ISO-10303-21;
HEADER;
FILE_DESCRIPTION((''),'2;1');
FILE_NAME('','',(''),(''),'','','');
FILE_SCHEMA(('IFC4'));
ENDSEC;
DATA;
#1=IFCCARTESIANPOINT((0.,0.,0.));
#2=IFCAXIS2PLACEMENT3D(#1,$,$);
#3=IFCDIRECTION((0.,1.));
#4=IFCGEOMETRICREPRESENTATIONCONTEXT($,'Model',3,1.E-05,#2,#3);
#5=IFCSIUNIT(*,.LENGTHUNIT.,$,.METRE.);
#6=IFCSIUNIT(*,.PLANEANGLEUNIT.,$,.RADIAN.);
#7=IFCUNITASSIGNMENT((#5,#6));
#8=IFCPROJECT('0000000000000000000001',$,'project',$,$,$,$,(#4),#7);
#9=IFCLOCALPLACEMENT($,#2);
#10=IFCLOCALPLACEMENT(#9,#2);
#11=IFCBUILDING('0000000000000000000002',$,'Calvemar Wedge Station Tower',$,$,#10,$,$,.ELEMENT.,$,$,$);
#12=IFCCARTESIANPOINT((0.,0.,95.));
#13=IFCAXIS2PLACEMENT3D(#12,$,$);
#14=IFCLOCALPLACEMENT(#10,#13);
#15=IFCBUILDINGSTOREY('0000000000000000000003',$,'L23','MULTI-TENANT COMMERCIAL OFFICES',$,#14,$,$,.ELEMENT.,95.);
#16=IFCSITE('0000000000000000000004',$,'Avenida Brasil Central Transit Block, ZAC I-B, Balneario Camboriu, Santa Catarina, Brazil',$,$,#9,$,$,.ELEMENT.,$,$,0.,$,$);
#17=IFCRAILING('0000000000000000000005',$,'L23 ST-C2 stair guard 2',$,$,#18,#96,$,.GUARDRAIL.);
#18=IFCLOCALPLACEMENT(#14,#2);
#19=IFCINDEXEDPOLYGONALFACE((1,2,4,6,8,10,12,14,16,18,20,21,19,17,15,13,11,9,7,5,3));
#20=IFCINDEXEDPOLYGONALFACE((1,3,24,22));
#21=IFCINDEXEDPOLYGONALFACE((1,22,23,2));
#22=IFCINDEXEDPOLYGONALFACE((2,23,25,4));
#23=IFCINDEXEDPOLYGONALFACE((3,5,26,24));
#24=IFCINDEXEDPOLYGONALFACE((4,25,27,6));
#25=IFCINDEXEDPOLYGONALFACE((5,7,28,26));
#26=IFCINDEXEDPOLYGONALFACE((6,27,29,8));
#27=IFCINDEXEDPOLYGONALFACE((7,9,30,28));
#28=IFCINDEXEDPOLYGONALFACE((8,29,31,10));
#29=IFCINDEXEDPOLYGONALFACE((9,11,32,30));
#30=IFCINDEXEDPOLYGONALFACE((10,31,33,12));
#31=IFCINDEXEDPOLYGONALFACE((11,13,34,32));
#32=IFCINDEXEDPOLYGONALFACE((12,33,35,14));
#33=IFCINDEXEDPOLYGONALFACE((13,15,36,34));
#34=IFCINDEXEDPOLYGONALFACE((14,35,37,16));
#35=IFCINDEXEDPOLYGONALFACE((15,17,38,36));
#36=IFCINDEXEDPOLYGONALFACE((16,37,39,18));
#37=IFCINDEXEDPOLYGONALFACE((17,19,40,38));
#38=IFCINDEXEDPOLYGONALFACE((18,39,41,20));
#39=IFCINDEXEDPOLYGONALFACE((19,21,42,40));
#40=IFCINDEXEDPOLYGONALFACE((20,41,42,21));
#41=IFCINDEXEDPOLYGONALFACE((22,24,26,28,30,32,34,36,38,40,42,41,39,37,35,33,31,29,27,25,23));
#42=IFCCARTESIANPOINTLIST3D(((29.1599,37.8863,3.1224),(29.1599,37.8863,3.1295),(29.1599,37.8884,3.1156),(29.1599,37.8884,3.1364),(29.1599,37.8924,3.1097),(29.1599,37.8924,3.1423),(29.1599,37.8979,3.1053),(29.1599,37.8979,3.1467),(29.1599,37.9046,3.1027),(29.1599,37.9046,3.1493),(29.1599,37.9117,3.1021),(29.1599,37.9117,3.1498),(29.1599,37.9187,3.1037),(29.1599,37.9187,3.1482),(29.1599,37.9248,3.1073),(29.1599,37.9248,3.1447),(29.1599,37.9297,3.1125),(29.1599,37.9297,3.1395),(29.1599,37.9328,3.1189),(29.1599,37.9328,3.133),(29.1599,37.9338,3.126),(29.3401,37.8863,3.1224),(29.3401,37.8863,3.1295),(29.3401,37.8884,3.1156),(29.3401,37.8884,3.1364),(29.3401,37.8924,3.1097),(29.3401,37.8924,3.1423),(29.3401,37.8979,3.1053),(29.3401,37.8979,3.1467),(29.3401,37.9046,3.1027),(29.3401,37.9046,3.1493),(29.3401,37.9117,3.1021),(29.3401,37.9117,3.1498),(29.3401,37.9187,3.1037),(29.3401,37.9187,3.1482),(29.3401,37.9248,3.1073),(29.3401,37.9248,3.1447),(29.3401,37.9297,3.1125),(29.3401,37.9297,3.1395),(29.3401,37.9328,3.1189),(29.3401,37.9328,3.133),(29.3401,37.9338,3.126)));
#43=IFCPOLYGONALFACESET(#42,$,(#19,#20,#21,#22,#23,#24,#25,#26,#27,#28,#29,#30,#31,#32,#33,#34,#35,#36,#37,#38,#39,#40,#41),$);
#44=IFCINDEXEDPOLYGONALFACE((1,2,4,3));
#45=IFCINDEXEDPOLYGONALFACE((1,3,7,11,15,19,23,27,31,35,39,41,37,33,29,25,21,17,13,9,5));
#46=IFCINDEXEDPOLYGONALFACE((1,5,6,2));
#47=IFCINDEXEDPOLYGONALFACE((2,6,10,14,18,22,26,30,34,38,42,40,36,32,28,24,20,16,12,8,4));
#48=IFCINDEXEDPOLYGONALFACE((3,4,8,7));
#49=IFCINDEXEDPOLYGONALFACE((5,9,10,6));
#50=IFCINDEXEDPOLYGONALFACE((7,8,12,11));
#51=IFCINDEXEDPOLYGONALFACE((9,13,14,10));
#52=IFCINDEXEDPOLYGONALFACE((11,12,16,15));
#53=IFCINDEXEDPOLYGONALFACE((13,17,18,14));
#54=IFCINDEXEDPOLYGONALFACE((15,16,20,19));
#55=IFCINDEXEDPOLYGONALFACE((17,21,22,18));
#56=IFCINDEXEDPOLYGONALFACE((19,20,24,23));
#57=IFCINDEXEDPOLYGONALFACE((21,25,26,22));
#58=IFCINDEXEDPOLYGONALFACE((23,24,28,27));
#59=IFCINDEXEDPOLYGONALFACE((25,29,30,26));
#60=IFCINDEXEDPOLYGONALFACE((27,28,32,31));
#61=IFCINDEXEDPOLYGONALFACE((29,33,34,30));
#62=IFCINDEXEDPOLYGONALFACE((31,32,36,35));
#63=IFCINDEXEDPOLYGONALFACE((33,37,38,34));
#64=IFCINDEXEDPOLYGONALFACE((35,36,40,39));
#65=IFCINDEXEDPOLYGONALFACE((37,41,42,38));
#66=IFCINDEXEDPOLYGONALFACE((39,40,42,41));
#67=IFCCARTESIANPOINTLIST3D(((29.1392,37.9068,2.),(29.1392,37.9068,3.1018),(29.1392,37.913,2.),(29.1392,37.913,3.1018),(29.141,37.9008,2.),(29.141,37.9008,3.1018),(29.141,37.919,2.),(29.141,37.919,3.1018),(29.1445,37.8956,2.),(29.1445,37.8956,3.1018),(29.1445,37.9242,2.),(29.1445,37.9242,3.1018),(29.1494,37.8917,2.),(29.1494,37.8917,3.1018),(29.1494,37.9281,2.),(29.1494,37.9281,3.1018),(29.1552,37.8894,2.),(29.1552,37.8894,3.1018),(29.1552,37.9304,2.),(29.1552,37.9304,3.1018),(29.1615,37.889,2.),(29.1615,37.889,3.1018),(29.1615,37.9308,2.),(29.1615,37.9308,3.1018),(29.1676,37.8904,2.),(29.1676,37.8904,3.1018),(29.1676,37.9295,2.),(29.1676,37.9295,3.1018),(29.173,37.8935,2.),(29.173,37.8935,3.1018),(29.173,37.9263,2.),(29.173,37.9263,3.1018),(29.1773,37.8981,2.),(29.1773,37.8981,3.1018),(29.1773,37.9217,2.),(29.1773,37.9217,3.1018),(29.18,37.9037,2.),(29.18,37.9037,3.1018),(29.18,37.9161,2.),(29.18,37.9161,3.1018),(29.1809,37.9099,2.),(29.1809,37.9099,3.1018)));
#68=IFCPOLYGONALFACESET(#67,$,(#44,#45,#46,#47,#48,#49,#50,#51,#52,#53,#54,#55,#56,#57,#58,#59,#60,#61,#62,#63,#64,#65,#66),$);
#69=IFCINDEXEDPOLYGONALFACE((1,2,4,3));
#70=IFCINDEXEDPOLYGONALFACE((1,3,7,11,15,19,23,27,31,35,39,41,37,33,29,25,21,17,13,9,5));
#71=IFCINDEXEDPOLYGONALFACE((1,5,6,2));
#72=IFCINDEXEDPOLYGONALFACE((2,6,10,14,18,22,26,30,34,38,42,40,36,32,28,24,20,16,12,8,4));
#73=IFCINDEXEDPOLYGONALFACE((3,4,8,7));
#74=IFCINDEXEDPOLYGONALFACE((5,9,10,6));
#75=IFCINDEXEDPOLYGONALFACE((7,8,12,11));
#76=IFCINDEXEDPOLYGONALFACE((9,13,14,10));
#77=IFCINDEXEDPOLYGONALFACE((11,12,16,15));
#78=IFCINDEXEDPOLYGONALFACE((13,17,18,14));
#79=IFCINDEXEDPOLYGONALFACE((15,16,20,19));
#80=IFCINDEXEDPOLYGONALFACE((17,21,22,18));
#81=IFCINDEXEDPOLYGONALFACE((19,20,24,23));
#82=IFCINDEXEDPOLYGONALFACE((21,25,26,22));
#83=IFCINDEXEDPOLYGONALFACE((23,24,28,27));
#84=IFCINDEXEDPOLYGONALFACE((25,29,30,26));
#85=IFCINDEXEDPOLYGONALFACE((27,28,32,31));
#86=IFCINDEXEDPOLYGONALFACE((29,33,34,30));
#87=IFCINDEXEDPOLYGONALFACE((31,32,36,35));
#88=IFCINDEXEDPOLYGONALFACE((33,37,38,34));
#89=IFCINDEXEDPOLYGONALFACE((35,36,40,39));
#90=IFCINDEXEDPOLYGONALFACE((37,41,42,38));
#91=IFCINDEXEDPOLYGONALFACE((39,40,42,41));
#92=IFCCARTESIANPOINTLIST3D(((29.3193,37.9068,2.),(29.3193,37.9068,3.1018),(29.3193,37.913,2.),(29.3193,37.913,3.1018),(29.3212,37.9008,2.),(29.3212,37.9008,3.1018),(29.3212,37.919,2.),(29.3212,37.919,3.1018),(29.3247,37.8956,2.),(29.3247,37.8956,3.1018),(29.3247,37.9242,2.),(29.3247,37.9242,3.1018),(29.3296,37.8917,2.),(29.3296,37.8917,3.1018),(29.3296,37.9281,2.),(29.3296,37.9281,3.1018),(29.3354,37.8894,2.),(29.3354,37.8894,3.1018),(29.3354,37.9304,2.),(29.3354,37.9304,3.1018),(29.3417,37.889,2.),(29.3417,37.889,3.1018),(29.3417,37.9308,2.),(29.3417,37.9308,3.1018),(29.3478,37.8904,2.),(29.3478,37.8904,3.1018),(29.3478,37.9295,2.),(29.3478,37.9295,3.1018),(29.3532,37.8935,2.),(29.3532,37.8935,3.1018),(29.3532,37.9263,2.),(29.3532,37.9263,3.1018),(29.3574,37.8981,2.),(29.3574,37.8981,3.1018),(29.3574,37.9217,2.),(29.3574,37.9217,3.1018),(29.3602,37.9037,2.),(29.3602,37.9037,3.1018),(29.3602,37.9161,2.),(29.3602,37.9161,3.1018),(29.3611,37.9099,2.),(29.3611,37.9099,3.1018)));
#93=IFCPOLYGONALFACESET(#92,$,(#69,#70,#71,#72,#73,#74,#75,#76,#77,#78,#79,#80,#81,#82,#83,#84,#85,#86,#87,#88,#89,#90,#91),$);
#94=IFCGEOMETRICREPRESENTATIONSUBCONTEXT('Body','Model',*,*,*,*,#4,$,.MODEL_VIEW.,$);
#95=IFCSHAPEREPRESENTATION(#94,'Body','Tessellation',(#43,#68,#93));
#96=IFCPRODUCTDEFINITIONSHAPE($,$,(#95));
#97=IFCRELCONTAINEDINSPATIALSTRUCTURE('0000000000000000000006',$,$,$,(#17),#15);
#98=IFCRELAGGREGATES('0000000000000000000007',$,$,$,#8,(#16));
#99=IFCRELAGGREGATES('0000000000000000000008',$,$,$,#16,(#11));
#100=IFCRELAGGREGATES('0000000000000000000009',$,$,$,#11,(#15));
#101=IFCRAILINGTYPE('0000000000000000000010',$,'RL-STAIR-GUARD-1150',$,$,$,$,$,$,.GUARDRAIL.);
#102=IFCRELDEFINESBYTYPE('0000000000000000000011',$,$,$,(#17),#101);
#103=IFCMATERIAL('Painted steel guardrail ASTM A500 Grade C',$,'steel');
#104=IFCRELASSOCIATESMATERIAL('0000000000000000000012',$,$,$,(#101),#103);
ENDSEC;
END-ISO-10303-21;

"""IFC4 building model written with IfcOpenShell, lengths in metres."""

from ifc_helpers import new_model, si_unit, direction, frame, origin, origin_2d, place, context, subcontext, project, spatial, circle, extrude, material, type_object, element, save


model = new_model("IFC4")

# Units and contexts
model_context = context("Model", 3, precision=1e-05, world=origin(), true_north=direction((0.0, 1.0)))
body_context = subcontext(model_context, "Body", "Model", "MODEL_VIEW")
ifc_project = project(units=[si_unit("LENGTHUNIT", "METRE"), si_unit("PLANEANGLEUNIT", "RADIAN")], contexts=[model_context])

# Site, building, storey
site_placement = place(None, origin())
site = spatial("IfcSite", under=ifc_project, at=site_placement, Name="Avenida Brasil Central Transit Block, ZAC I-B, Balneario Camboriu, Santa Catarina, Brazil", CompositionType="ELEMENT", RefElevation=0.0)
building_placement = place(site_placement, origin())
building = spatial("IfcBuilding", under=site, at=building_placement, Name="Calvemar Wedge Station Tower", CompositionType="ELEMENT")
storey_placement = place(building_placement, frame((0.0, 0.0, 95.0)))
storey = spatial("IfcBuildingStorey", under=building, at=storey_placement, Name="L23", Description="MULTI-TENANT COMMERCIAL OFFICES", CompositionType="ELEMENT", Elevation=95.0)

# Railing
ifc_material_1 = material(Name="Painted steel guardrail ASTM A500 Grade C", Category="steel")
railing_type_1 = type_object("IfcRailingType", Name="RL-STAIR-GUARD-1150", PredefinedType="GUARDRAIL", material=ifc_material_1)
railing_1_placement = place(storey_placement, frame((29.1599, 37.9099, 2.0)))
element("IfcRailing", 1, at=railing_1_placement, inside=storey, type_object=railing_type_1, Name="L23 ST-C2 stair guard 2", PredefinedType="GUARDRAIL", context=body_context, shape_type="SweptSolid", body=[
    extrude(circle(Radius=0.0239, at=origin_2d()), frame((0.0, 0.0, 1.126), z_axis=(1.0, 0.0, 0.0), x_axis=(0.0, 1.0, 0.0)), (0.0, 0.0, 1.0), 0.1802),
    extrude(circle(Radius=0.021, at=origin_2d()), origin(), (0.0, 0.0, 1.0), 1.1018),
    extrude(circle(Radius=0.021, at=origin_2d()), frame((0.1802, 0.0, 0.0)), (0.0, 0.0, 1.0), 1.1018),
])

save(model, "model.ifc")
